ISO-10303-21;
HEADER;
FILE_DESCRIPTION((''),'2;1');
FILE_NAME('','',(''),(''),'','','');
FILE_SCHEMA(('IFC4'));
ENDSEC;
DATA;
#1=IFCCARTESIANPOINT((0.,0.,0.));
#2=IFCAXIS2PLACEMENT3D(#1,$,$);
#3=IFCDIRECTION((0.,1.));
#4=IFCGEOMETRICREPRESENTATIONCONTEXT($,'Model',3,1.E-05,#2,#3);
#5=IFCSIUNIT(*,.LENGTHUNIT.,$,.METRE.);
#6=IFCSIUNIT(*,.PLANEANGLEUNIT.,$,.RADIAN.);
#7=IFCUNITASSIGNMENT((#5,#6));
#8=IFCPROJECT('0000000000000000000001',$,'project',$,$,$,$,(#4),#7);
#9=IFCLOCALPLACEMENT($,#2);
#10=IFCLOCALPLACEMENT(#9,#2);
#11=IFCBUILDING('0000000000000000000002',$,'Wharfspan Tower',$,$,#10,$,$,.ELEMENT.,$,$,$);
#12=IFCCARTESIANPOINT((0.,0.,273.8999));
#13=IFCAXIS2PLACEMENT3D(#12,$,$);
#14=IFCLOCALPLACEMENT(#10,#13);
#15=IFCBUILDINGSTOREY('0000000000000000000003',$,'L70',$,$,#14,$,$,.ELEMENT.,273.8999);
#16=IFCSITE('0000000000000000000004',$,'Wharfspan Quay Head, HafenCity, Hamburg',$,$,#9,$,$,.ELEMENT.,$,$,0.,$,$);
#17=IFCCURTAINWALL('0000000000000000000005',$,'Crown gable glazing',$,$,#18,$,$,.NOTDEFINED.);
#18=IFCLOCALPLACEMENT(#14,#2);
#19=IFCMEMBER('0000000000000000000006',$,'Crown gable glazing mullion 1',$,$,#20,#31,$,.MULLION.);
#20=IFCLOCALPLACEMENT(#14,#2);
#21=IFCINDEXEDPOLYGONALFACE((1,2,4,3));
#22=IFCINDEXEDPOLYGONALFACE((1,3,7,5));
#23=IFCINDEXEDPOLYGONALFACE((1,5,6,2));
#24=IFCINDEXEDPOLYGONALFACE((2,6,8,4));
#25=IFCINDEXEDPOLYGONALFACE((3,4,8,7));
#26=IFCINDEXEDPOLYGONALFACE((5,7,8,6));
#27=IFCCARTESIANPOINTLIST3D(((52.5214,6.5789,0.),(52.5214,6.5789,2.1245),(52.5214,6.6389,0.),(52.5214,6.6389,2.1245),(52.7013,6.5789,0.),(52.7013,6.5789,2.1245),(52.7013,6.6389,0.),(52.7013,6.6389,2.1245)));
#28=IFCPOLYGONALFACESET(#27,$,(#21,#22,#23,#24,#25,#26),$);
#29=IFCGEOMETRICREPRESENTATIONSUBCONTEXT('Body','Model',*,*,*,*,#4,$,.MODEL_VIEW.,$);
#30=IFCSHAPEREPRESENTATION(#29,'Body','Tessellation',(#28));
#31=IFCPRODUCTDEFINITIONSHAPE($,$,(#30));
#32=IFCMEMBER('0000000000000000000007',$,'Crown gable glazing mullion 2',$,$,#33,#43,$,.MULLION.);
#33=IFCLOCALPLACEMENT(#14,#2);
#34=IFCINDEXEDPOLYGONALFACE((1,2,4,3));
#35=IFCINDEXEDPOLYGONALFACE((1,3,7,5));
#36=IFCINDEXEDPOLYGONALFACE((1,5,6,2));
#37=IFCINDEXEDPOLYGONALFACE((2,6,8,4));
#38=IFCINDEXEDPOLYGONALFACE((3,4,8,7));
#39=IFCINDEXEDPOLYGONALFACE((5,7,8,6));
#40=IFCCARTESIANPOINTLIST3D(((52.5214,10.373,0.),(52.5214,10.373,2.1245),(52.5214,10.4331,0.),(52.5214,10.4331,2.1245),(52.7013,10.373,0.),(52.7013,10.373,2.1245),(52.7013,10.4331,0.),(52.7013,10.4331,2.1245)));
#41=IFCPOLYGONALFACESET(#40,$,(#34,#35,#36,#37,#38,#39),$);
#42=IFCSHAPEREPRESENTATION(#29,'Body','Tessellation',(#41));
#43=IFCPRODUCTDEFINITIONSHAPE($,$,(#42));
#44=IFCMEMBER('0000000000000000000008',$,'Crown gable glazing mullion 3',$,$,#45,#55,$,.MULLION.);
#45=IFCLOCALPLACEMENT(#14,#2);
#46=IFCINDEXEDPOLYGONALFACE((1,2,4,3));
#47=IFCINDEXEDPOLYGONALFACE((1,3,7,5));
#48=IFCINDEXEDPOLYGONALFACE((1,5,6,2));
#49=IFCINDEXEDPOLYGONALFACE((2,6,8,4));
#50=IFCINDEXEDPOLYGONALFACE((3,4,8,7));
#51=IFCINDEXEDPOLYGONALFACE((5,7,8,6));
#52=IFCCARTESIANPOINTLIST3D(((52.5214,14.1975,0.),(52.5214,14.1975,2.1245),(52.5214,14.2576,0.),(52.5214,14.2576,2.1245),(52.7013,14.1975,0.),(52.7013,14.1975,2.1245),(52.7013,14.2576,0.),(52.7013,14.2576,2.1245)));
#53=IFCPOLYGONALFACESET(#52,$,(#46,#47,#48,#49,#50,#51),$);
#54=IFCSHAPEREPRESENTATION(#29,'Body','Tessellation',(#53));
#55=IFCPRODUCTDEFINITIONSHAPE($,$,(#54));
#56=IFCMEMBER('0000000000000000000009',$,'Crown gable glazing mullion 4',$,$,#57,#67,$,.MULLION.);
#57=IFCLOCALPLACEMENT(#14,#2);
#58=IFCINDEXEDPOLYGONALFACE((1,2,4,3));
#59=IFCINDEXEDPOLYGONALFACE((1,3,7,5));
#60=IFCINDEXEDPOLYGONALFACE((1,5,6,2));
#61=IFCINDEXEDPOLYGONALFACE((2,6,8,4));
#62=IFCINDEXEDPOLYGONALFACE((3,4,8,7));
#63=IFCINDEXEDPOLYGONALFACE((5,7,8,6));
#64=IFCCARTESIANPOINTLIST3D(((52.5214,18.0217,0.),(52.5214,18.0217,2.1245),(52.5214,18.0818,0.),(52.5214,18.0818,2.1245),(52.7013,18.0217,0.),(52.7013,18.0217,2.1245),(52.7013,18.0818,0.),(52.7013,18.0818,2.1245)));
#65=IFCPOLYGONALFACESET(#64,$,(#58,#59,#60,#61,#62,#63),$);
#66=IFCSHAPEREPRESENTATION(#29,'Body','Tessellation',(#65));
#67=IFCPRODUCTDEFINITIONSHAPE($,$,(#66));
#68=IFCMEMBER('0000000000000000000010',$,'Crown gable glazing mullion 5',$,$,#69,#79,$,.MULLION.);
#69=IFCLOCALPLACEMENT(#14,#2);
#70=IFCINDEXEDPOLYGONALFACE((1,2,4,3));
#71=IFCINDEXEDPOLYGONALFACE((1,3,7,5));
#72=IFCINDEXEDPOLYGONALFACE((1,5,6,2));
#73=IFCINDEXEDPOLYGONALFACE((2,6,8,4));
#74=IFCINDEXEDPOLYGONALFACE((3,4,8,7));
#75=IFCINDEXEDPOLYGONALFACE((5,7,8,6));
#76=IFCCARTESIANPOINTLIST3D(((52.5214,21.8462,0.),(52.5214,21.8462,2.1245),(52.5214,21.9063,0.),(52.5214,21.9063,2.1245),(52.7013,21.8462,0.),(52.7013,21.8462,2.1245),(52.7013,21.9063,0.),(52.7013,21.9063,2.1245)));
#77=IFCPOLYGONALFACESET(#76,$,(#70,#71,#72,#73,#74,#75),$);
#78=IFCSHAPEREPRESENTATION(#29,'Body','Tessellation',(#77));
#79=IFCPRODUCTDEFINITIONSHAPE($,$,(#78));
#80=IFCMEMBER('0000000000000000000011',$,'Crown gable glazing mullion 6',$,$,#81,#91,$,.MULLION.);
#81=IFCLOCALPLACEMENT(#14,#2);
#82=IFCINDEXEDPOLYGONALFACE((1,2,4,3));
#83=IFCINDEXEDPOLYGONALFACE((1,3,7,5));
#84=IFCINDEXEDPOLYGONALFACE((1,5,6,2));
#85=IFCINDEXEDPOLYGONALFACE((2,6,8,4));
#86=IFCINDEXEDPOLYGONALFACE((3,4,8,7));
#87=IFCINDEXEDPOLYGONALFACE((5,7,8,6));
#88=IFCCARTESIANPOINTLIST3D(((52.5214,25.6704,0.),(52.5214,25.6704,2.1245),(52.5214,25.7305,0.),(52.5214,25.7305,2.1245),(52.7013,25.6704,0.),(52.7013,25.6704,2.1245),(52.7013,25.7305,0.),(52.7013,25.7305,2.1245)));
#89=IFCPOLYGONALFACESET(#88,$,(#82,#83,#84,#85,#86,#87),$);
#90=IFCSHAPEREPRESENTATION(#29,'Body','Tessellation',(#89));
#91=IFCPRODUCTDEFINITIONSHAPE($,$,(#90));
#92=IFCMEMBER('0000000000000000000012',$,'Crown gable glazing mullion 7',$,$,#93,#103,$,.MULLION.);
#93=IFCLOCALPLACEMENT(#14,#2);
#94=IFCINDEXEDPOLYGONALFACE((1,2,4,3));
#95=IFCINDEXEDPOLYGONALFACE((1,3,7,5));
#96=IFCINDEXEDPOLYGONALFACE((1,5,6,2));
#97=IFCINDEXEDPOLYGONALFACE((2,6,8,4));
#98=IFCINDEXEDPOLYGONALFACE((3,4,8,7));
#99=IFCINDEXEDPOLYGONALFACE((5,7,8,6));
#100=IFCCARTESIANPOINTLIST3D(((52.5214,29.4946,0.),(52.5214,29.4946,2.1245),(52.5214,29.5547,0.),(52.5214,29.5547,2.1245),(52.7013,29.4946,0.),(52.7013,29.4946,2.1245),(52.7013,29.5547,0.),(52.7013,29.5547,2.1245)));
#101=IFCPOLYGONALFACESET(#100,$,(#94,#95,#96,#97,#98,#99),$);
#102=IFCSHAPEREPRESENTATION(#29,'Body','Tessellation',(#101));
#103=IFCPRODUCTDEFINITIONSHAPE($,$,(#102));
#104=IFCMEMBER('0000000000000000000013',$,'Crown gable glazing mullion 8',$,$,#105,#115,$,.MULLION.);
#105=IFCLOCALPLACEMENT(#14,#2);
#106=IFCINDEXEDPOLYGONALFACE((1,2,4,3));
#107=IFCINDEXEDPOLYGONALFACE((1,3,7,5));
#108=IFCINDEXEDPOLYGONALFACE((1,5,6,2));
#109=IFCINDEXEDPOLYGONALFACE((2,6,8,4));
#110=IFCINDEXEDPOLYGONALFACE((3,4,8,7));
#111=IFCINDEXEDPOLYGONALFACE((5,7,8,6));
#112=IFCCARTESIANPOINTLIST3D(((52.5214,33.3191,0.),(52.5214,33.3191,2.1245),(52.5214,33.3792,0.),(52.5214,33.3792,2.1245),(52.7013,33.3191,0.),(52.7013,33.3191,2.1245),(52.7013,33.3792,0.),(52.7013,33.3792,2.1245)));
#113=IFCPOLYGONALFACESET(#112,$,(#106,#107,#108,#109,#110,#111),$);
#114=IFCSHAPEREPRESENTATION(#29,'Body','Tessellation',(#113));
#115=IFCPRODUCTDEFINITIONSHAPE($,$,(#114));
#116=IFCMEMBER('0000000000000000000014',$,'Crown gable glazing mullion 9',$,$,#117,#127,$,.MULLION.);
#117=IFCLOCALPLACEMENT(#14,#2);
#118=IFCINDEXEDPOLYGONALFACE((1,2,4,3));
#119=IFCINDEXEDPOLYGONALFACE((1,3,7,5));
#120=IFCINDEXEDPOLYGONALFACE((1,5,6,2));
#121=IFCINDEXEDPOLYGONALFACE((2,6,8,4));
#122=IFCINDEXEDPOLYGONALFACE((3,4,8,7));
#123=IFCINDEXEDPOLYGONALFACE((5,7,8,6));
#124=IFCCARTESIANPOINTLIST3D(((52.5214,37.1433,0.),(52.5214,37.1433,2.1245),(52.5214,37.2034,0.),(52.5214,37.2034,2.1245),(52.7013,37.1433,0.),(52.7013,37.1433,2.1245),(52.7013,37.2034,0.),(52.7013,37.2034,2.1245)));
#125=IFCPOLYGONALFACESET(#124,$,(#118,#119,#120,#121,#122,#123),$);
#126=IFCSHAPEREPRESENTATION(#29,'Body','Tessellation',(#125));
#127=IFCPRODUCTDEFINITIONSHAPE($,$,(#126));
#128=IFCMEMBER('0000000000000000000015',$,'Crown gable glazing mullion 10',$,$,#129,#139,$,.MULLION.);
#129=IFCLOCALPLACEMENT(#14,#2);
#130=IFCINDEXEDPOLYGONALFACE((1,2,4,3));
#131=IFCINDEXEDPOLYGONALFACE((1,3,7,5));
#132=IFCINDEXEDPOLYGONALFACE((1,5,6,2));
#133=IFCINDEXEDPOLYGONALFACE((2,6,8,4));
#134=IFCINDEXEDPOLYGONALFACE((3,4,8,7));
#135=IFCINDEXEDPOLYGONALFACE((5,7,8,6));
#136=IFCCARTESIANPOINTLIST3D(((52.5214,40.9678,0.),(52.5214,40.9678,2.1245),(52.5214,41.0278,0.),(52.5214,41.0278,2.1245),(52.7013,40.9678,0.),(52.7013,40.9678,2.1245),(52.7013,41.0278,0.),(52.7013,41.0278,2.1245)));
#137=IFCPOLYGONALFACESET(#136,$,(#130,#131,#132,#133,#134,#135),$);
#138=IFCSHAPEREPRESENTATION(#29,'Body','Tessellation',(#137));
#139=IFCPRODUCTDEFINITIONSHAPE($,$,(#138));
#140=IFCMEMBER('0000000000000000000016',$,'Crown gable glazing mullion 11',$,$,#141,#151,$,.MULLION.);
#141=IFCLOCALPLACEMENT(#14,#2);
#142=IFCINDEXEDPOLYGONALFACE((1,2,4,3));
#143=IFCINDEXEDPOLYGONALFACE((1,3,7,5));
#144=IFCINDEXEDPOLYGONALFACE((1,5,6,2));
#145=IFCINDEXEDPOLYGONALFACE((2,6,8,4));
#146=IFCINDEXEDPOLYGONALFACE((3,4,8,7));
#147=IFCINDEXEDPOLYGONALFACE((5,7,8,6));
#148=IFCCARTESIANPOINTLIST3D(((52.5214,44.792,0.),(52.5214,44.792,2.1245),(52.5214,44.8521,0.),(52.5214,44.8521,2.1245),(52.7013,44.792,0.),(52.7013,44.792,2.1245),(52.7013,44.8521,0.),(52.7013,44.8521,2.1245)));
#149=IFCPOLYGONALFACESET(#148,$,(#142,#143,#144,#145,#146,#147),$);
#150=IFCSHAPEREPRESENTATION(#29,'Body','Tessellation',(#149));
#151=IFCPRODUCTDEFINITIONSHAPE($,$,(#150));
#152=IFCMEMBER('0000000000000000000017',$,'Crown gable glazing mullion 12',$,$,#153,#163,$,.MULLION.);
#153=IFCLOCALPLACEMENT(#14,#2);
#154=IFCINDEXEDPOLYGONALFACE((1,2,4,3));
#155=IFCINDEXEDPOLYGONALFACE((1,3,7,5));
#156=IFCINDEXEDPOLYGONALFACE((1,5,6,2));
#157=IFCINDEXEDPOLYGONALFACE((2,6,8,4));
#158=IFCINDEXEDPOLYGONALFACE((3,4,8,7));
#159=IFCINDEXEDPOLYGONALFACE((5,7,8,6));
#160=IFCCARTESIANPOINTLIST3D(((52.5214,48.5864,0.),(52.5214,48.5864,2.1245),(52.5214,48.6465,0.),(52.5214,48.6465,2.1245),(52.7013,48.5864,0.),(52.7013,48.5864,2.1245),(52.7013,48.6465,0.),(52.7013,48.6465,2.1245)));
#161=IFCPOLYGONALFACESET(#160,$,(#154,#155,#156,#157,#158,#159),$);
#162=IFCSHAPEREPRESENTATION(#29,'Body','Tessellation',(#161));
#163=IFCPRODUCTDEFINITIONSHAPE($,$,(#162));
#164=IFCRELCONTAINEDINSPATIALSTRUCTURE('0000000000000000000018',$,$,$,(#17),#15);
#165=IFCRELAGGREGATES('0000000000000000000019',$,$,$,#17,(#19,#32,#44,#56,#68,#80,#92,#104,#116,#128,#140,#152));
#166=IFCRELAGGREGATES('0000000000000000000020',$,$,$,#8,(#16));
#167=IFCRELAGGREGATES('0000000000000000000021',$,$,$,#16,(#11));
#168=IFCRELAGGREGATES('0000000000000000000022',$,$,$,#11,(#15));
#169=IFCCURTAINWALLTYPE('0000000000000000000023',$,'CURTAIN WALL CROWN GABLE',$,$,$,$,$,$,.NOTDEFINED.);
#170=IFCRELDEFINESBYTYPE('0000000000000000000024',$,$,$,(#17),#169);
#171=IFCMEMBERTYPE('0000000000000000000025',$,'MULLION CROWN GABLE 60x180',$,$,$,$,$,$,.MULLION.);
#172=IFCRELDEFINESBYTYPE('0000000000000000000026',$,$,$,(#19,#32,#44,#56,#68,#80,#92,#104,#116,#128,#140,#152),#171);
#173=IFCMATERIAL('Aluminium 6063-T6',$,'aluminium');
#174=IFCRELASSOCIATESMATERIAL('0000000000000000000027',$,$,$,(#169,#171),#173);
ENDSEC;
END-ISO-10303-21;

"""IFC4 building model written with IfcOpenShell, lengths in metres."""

from ifc_helpers import new_model, si_unit, direction, frame, origin, origin_2d, place, context, subcontext, project, spatial, rectangle, extrude, material, material_profile, profile_set, type_object, element, aggregate, save


model = new_model("IFC4")

# Units and contexts
model_context = context("Model", 3, precision=1e-05, world=origin(), true_north=direction((0.0, 1.0)))
body_context = subcontext(model_context, "Body", "Model", "MODEL_VIEW")
ifc_project = project(units=[si_unit("LENGTHUNIT", "METRE"), si_unit("PLANEANGLEUNIT", "RADIAN")], contexts=[model_context])

# Site, building, storey
site_placement = place(None, origin())
site = spatial("IfcSite", under=ifc_project, at=site_placement, Name="Wharfspan Quay Head, HafenCity, Hamburg", CompositionType="ELEMENT", RefElevation=0.0)
building_placement = place(site_placement, origin())
building = spatial("IfcBuilding", under=site, at=building_placement, Name="Wharfspan Tower", CompositionType="ELEMENT")
storey_placement = place(building_placement, frame((0.0, 0.0, 273.8999)))
storey = spatial("IfcBuildingStorey", under=building, at=storey_placement, Name="L70", CompositionType="ELEMENT", Elevation=273.8999)

# Curtain wall, members
ifc_material_1 = material(Name="Aluminium 6063-T6", Category="aluminium")
curtain_wall_type = type_object("IfcCurtainWallType", Name="CURTAIN WALL CROWN GABLE", PredefinedType="NOTDEFINED", material=ifc_material_1)
curtain_wall_placement = place(storey_placement, origin())
curtain_wall = element("IfcCurtainWall", 1, at=curtain_wall_placement, inside=storey, type_object=curtain_wall_type, Name="Crown gable glazing", PredefinedType="NOTDEFINED")
ifc_material_profile_1 = material_profile(ifc_material_1, rectangle(XDim=0.1799, YDim=0.0601, at=origin_2d()))
ifc_profile_set_1 = profile_set([ifc_material_profile_1], Name="Aluminium 6063-T6")
member_type_1 = type_object("IfcMemberType", Name="MULLION CROWN GABLE 60x180", PredefinedType="MULLION", material=ifc_profile_set_1)
member_1_placement = place(storey_placement, frame((52.6113, 6.6089, 0.0), z_axis=(0.0, 0.0, 1.0), x_axis=(-1.0, 0.0, 0.0)))
member_1 = element("IfcMember", 2, at=member_1_placement, type_object=member_type_1, Name="Crown gable glazing mullion 1", PredefinedType="MULLION", context=body_context, shape_type="SweptSolid", body=[
    extrude(rectangle(XDim=0.1799, YDim=0.0601, at=origin_2d()), origin(), (0.0, 0.0, 1.0), 2.1245),
])
member_2_placement = place(storey_placement, frame((52.6113, 10.4031, 0.0), z_axis=(0.0, 0.0, 1.0), x_axis=(-1.0, 0.0, 0.0)))
member_2 = element("IfcMember", 3, at=member_2_placement, type_object=member_type_1, Name="Crown gable glazing mullion 2", PredefinedType="MULLION", context=body_context, shape_type="SweptSolid", body=[
    extrude(rectangle(XDim=0.1799, YDim=0.0601, at=origin_2d()), origin(), (0.0, 0.0, 1.0), 2.1245),
])
member_3_placement = place(storey_placement, frame((52.6113, 14.2275, 0.0), z_axis=(0.0, 0.0, 1.0), x_axis=(-1.0, 0.0, 0.0)))
member_3 = element("IfcMember", 4, at=member_3_placement, type_object=member_type_1, Name="Crown gable glazing mullion 3", PredefinedType="MULLION", context=body_context, shape_type="SweptSolid", body=[
    extrude(rectangle(XDim=0.1799, YDim=0.0601, at=origin_2d()), origin(), (0.0, 0.0, 1.0), 2.1245),
])
member_4_placement = place(storey_placement, frame((52.6113, 18.0518, 0.0), z_axis=(0.0, 0.0, 1.0), x_axis=(-1.0, 0.0, 0.0)))
member_4 = element("IfcMember", 5, at=member_4_placement, type_object=member_type_1, Name="Crown gable glazing mullion 4", PredefinedType="MULLION", context=body_context, shape_type="SweptSolid", body=[
    extrude(rectangle(XDim=0.1799, YDim=0.0601, at=origin_2d()), origin(), (0.0, 0.0, 1.0), 2.1245),
])
member_5_placement = place(storey_placement, frame((52.6113, 21.8762, 0.0), z_axis=(0.0, 0.0, 1.0), x_axis=(-1.0, 0.0, 0.0)))
member_5 = element("IfcMember", 6, at=member_5_placement, type_object=member_type_1, Name="Crown gable glazing mullion 5", PredefinedType="MULLION", context=body_context, shape_type="SweptSolid", body=[
    extrude(rectangle(XDim=0.1799, YDim=0.0601, at=origin_2d()), origin(), (0.0, 0.0, 1.0), 2.1245),
])
member_6_placement = place(storey_placement, frame((52.6113, 25.7004, 0.0), z_axis=(0.0, 0.0, 1.0), x_axis=(-1.0, 0.0, 0.0)))
member_6 = element("IfcMember", 7, at=member_6_placement, type_object=member_type_1, Name="Crown gable glazing mullion 6", PredefinedType="MULLION", context=body_context, shape_type="SweptSolid", body=[
    extrude(rectangle(XDim=0.1799, YDim=0.0601, at=origin_2d()), origin(), (0.0, 0.0, 1.0), 2.1245),
])
member_7_placement = place(storey_placement, frame((52.6113, 29.5247, 0.0), z_axis=(0.0, 0.0, 1.0), x_axis=(-1.0, 0.0, 0.0)))
member_7 = element("IfcMember", 8, at=member_7_placement, type_object=member_type_1, Name="Crown gable glazing mullion 7", PredefinedType="MULLION", context=body_context, shape_type="SweptSolid", body=[
    extrude(rectangle(XDim=0.1799, YDim=0.0601, at=origin_2d()), origin(), (0.0, 0.0, 1.0), 2.1245),
])
member_8_placement = place(storey_placement, frame((52.6113, 33.3491, 0.0), z_axis=(0.0, 0.0, 1.0), x_axis=(-1.0, 0.0, 0.0)))
member_8 = element("IfcMember", 9, at=member_8_placement, type_object=member_type_1, Name="Crown gable glazing mullion 8", PredefinedType="MULLION", context=body_context, shape_type="SweptSolid", body=[
    extrude(rectangle(XDim=0.1799, YDim=0.0601, at=origin_2d()), origin(), (0.0, 0.0, 1.0), 2.1245),
])
member_9_placement = place(storey_placement, frame((52.6113, 37.1733, 0.0), z_axis=(0.0, 0.0, 1.0), x_axis=(-1.0, 0.0, 0.0)))
member_9 = element("IfcMember", 10, at=member_9_placement, type_object=member_type_1, Name="Crown gable glazing mullion 9", PredefinedType="MULLION", context=body_context, shape_type="SweptSolid", body=[
    extrude(rectangle(XDim=0.1799, YDim=0.0601, at=origin_2d()), origin(), (0.0, 0.0, 1.0), 2.1245),
])
member_10_placement = place(storey_placement, frame((52.6113, 40.9978, 0.0), z_axis=(0.0, 0.0, 1.0), x_axis=(-1.0, 0.0, 0.0)))
member_10 = element("IfcMember", 11, at=member_10_placement, type_object=member_type_1, Name="Crown gable glazing mullion 10", PredefinedType="MULLION", context=body_context, shape_type="SweptSolid", body=[
    extrude(rectangle(XDim=0.1799, YDim=0.0601, at=origin_2d()), origin(), (0.0, 0.0, 1.0), 2.1245),
])
member_11_placement = place(storey_placement, frame((52.6113, 44.822, 0.0), z_axis=(0.0, 0.0, 1.0), x_axis=(-1.0, 0.0, 0.0)))
member_11 = element("IfcMember", 12, at=member_11_placement, type_object=member_type_1, Name="Crown gable glazing mullion 11", PredefinedType="MULLION", context=body_context, shape_type="SweptSolid", body=[
    extrude(rectangle(XDim=0.1799, YDim=0.0601, at=origin_2d()), origin(), (0.0, 0.0, 1.0), 2.1245),
])
member_12_placement = place(storey_placement, frame((52.6113, 48.6165, 0.0), z_axis=(0.0, 0.0, 1.0), x_axis=(-1.0, 0.0, 0.0)))
member_12 = element("IfcMember", 13, at=member_12_placement, type_object=member_type_1, Name="Crown gable glazing mullion 12", PredefinedType="MULLION", context=body_context, shape_type="SweptSolid", body=[
    extrude(rectangle(XDim=0.1799, YDim=0.0601, at=origin_2d()), origin(), (0.0, 0.0, 1.0), 2.1245),
])

aggregate(curtain_wall, [member_1, member_2, member_3, member_4, member_5, member_6, member_7, member_8, member_9, member_10, member_11, member_12])

save(model, "model.ifc")
